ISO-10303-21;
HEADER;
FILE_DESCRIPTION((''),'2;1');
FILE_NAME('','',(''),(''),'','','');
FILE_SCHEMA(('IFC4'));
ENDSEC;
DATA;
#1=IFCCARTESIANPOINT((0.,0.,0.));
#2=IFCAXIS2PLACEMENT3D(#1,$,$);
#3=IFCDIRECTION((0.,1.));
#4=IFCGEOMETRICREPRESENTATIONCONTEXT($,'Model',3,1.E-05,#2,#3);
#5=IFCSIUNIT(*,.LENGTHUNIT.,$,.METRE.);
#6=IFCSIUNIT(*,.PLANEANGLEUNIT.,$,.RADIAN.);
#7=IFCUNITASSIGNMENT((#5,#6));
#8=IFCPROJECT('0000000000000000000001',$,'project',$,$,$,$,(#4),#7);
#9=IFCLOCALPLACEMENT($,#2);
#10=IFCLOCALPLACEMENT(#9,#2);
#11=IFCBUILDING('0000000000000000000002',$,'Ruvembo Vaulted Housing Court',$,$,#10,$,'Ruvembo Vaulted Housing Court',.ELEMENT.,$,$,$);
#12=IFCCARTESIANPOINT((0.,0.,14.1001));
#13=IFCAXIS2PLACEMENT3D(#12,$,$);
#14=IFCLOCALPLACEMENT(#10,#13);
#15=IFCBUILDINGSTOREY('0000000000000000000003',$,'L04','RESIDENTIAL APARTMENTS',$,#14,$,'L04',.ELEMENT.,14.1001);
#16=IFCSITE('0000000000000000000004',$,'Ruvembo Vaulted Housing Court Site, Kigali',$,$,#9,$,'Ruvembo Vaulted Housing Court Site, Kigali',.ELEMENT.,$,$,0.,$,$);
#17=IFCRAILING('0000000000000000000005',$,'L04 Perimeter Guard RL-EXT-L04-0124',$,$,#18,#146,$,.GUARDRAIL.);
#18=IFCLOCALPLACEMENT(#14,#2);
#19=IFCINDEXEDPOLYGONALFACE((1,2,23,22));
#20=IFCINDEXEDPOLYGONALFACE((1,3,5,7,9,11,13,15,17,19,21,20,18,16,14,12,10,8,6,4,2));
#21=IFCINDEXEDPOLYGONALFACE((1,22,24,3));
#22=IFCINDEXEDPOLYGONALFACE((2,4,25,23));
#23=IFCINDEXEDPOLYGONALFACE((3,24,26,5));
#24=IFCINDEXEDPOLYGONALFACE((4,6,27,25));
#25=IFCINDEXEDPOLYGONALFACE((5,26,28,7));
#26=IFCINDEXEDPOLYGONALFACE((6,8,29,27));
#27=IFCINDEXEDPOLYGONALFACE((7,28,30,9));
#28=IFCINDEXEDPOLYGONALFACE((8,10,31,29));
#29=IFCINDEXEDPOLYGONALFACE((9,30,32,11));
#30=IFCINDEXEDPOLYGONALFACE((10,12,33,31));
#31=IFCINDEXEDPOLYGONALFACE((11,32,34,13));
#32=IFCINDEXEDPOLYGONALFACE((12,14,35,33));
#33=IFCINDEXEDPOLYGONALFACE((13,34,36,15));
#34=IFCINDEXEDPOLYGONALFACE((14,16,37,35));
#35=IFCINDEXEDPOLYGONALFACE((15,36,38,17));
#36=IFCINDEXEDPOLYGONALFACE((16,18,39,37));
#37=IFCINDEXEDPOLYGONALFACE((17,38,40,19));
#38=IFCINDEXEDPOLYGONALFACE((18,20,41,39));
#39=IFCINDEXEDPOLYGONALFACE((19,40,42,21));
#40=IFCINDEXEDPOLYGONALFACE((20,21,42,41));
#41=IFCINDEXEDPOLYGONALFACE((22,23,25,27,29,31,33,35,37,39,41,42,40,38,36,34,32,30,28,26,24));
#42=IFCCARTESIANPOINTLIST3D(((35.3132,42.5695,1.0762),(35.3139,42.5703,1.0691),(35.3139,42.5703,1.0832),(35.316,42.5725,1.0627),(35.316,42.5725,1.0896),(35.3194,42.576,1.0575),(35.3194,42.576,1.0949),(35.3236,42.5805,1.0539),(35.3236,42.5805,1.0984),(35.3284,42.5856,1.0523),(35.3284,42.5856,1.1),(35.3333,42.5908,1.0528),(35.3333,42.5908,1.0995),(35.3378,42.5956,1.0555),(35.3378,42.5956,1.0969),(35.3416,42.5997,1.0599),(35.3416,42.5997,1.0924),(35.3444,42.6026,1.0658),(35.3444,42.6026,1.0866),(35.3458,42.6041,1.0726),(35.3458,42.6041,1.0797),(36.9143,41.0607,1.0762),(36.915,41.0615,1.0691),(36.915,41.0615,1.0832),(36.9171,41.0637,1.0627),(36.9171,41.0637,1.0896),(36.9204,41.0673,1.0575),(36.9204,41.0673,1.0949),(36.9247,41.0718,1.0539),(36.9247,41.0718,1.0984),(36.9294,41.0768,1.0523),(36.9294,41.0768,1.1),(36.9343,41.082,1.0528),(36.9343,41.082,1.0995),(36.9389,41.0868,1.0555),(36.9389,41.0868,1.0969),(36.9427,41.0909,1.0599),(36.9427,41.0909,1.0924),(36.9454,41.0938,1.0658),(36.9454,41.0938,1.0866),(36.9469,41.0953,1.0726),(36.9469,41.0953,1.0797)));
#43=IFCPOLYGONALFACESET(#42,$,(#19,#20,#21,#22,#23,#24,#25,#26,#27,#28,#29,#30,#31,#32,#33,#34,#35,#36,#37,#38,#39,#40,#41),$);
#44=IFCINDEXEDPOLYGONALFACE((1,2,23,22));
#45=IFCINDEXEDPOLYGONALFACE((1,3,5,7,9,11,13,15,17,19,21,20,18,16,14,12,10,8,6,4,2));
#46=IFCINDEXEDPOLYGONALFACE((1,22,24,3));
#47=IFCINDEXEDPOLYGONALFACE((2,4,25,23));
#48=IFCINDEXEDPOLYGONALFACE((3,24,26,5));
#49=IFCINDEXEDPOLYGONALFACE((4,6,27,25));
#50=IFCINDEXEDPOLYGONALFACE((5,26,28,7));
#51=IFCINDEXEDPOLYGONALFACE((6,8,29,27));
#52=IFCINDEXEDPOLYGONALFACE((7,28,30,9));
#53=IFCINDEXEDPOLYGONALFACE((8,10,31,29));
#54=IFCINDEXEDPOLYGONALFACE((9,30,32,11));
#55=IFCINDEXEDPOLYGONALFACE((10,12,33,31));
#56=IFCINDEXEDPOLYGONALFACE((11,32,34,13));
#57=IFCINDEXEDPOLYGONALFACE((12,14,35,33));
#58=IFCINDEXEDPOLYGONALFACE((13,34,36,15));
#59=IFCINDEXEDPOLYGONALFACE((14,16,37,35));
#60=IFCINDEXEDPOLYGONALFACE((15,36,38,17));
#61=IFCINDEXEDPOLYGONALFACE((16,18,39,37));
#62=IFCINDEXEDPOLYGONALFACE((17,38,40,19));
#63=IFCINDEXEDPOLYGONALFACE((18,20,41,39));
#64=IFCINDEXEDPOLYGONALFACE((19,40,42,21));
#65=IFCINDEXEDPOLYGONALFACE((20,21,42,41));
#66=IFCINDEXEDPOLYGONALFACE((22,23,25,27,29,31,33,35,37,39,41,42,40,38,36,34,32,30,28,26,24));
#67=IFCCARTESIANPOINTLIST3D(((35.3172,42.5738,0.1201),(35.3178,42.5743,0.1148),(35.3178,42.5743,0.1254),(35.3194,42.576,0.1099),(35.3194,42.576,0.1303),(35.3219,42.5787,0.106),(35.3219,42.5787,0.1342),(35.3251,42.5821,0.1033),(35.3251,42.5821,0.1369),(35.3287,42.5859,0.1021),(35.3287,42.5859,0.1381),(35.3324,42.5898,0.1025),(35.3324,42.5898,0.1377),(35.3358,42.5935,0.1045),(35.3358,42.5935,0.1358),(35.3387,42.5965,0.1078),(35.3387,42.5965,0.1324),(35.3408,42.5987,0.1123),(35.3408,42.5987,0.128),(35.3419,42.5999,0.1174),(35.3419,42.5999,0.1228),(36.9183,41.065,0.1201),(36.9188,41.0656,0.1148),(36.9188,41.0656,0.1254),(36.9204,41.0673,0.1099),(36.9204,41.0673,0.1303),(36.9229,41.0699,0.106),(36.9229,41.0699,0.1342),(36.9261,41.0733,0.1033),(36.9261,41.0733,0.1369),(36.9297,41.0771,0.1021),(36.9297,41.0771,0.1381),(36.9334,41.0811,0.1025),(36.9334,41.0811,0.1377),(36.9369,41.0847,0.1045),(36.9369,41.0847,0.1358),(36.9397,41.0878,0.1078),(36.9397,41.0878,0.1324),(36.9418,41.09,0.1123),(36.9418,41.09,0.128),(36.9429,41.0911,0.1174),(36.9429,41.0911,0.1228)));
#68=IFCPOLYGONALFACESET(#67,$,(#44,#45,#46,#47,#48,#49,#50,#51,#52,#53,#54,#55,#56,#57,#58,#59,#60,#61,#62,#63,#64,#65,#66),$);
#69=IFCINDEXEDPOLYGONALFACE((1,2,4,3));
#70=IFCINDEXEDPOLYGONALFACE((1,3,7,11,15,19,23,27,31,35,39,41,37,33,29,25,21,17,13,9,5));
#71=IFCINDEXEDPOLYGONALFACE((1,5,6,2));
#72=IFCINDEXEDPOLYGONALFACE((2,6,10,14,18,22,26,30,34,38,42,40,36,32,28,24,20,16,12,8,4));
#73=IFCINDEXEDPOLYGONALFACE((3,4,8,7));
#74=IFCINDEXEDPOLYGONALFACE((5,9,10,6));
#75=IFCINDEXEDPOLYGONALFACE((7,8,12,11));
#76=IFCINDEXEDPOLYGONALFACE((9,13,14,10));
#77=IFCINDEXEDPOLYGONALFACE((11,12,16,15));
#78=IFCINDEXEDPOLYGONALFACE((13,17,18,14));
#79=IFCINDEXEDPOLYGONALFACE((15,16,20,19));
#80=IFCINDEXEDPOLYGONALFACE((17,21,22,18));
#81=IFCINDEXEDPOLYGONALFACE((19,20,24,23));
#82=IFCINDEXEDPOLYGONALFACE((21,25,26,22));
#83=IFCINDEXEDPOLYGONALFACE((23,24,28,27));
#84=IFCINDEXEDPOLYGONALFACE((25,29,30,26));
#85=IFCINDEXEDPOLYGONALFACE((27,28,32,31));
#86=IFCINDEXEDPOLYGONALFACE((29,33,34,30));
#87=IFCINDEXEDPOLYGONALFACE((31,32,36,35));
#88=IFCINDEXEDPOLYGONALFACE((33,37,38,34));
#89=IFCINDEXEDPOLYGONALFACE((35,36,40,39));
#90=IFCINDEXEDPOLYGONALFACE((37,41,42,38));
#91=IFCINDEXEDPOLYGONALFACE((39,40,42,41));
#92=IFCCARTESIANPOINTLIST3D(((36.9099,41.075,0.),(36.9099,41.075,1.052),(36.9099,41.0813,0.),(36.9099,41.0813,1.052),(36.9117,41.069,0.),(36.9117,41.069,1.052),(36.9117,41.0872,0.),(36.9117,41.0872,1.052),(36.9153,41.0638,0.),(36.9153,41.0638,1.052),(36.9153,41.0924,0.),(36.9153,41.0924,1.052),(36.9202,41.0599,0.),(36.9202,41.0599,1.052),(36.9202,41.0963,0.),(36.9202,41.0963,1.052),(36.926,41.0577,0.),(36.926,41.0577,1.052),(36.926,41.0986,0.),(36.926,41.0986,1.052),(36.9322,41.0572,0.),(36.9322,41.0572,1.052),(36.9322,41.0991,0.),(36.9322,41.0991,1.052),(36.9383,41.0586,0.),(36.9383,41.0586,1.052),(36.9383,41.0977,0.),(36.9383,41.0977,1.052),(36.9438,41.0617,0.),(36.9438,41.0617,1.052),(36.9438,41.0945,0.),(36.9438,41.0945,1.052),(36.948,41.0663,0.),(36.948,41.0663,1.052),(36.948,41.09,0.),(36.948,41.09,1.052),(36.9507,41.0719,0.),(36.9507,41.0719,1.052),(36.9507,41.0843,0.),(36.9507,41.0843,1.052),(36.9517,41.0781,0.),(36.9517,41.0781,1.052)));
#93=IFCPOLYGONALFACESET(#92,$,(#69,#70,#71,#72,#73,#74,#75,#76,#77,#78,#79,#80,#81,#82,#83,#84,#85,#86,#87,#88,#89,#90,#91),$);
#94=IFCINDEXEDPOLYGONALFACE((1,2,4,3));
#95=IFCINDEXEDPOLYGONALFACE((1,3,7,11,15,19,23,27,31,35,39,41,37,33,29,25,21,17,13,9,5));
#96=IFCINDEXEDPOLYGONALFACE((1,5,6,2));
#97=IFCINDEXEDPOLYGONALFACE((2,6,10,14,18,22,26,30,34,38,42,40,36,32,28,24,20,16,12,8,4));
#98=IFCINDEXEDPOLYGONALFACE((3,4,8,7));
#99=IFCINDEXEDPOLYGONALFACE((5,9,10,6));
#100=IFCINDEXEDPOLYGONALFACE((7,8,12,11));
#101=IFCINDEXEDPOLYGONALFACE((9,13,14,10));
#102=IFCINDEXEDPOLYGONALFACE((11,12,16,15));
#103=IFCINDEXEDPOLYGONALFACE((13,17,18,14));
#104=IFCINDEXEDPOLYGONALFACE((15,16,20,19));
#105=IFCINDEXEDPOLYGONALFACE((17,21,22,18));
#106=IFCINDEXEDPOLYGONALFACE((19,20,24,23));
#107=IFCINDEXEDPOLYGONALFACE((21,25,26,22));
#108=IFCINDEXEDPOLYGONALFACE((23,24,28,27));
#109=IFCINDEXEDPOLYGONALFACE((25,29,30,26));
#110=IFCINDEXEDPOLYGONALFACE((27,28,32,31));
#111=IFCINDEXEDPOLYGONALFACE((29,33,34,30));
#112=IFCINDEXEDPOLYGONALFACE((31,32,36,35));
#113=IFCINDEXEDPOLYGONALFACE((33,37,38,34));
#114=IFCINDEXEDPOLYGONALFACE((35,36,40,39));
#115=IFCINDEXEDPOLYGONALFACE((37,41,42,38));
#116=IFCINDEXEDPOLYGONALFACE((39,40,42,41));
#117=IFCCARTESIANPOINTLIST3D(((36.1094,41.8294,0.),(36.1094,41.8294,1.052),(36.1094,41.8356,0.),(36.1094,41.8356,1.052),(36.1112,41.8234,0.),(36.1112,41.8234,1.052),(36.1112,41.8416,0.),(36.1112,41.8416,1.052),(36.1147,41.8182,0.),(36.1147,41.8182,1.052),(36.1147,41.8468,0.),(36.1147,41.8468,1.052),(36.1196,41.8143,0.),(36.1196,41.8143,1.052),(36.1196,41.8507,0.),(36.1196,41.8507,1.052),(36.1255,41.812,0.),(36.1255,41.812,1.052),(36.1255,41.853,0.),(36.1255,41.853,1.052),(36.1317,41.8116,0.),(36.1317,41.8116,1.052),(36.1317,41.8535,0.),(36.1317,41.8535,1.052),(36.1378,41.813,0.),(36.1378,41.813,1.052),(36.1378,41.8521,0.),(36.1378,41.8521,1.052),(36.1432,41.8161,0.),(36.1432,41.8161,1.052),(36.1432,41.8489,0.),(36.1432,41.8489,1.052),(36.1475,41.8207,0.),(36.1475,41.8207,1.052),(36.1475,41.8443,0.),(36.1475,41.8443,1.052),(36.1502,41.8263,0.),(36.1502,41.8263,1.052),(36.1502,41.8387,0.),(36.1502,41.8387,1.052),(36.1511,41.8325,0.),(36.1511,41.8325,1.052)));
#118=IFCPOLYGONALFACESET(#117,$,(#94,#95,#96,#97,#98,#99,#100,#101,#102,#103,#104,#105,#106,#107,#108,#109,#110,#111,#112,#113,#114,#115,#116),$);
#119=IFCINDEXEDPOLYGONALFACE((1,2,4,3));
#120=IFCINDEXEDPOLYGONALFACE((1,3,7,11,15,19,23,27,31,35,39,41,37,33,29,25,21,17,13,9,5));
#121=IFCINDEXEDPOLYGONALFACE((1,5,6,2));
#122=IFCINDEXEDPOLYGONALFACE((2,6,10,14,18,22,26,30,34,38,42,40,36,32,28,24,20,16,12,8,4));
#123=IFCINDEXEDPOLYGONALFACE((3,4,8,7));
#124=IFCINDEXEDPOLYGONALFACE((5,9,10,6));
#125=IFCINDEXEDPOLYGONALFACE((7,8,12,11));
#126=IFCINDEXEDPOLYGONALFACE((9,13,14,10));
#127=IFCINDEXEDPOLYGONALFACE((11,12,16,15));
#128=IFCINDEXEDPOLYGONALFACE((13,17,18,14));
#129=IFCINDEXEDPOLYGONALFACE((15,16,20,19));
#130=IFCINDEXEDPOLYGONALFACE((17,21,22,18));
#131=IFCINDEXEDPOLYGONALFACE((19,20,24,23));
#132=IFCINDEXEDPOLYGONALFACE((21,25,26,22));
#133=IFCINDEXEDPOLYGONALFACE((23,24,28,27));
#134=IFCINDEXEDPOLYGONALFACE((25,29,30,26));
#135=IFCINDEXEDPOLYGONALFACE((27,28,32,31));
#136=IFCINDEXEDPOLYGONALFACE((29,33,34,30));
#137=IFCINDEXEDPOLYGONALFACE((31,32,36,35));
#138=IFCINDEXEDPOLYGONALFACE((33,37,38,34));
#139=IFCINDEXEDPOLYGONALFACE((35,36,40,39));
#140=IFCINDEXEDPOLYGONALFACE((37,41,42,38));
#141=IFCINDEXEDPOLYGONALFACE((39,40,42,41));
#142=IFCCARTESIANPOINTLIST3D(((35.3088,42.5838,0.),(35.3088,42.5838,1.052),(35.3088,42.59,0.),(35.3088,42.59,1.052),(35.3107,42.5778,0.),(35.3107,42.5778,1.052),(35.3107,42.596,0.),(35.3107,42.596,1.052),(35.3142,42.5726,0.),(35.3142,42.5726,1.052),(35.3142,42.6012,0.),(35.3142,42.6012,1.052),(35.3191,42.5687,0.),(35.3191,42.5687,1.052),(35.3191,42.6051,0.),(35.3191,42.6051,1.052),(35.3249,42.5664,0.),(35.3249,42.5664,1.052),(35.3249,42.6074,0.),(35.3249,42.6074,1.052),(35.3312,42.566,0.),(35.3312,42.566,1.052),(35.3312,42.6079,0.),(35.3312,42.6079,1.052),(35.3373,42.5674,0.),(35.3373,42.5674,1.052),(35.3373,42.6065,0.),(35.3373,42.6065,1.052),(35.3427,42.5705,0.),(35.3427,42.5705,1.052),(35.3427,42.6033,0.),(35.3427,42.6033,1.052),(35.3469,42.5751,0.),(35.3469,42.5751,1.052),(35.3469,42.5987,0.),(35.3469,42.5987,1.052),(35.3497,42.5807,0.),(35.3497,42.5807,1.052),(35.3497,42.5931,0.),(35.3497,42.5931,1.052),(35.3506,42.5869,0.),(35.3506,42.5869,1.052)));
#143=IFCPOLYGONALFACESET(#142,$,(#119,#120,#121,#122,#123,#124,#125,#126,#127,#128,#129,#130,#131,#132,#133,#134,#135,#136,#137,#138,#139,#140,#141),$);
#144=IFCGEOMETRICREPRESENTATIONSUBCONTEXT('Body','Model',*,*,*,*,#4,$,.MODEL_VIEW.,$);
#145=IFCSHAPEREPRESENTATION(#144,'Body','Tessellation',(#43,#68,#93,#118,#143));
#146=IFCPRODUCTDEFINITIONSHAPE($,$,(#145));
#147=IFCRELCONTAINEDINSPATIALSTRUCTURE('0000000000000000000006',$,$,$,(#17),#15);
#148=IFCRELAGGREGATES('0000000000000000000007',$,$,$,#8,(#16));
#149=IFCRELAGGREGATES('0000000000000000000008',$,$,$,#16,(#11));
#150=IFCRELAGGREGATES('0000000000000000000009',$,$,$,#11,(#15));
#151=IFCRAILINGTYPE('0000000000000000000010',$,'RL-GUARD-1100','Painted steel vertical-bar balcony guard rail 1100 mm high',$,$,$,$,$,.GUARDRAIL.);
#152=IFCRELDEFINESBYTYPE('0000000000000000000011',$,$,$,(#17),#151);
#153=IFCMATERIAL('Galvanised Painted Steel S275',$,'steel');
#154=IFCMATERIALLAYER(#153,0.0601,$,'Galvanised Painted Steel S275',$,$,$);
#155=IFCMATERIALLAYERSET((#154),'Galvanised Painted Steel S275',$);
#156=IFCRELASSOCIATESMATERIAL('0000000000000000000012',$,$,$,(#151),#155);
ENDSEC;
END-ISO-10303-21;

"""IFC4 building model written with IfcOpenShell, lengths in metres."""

from ifc_helpers import new_model, si_unit, direction, frame, origin, origin_2d, place, context, subcontext, project, spatial, circle, extrude, material, layer, layer_set, type_object, element, save


model = new_model("IFC4")

# Units and contexts
model_context = context("Model", 3, precision=1e-05, world=origin(), true_north=direction((0.0, 1.0)))
body_context = subcontext(model_context, "Body", "Model", "MODEL_VIEW")
ifc_project = project(units=[si_unit("LENGTHUNIT", "METRE"), si_unit("PLANEANGLEUNIT", "RADIAN")], contexts=[model_context])

# Site, building, storey
site_placement = place(None, origin())
site = spatial("IfcSite", under=ifc_project, at=site_placement, Name="Ruvembo Vaulted Housing Court Site, Kigali", LongName="Ruvembo Vaulted Housing Court Site, Kigali", CompositionType="ELEMENT", RefElevation=0.0)
building_placement = place(site_placement, origin())
building = spatial("IfcBuilding", under=site, at=building_placement, Name="Ruvembo Vaulted Housing Court", LongName="Ruvembo Vaulted Housing Court", CompositionType="ELEMENT")
storey_placement = place(building_placement, frame((0.0, 0.0, 14.1001)))
storey = spatial("IfcBuildingStorey", under=building, at=storey_placement, Name="L04", Description="RESIDENTIAL APARTMENTS", LongName="L04", CompositionType="ELEMENT", Elevation=14.1001)

# Railing
ifc_material_1 = material(Name="Galvanised Painted Steel S275", Category="steel")
ifc_layer_1 = layer(ifc_material_1, 0.0601, Name="Galvanised Painted Steel S275")
ifc_layer_set_1 = layer_set([ifc_layer_1], Name="Galvanised Painted Steel S275")
railing_type = type_object("IfcRailingType", Name="RL-GUARD-1100", Description="Painted steel vertical-bar balcony guard rail 1100 mm high", PredefinedType="GUARDRAIL", material=ifc_layer_set_1)
railing_placement = place(storey_placement, frame((36.9307, 41.0781, 0.0)))
element("IfcRailing", 1, at=railing_placement, inside=storey, type_object=railing_type, Name="L04 Perimeter Guard RL-EXT-L04-0124", PredefinedType="GUARDRAIL", context=body_context, shape_type="SweptSolid", body=[
    extrude(circle(Radius=0.0239, at=origin_2d()), frame((0.0, 0.0, 1.0762), z_axis=(-0.72777, 0.685821, 0.0), x_axis=(-0.685821, -0.72777, 0.0)), (0.0, 0.0, 1.0), 2.2),
    extrude(circle(Radius=0.0181, at=origin_2d()), frame((0.0, 0.0, 0.1201), z_axis=(-0.72777, 0.685821, 0.0), x_axis=(-0.685821, -0.72777, 0.0)), (0.0, 0.0, 1.0), 2.2),
    extrude(circle(Radius=0.021, at=origin_2d()), origin(), (0.0, 0.0, 1.0), 1.052),
    extrude(circle(Radius=0.021, at=origin_2d()), frame((-0.8005, 0.7544, 0.0)), (0.0, 0.0, 1.0), 1.052),
    extrude(circle(Radius=0.021, at=origin_2d()), frame((-1.6011, 1.5088, 0.0)), (0.0, 0.0, 1.0), 1.052),
])

save(model, "model.ifc")
